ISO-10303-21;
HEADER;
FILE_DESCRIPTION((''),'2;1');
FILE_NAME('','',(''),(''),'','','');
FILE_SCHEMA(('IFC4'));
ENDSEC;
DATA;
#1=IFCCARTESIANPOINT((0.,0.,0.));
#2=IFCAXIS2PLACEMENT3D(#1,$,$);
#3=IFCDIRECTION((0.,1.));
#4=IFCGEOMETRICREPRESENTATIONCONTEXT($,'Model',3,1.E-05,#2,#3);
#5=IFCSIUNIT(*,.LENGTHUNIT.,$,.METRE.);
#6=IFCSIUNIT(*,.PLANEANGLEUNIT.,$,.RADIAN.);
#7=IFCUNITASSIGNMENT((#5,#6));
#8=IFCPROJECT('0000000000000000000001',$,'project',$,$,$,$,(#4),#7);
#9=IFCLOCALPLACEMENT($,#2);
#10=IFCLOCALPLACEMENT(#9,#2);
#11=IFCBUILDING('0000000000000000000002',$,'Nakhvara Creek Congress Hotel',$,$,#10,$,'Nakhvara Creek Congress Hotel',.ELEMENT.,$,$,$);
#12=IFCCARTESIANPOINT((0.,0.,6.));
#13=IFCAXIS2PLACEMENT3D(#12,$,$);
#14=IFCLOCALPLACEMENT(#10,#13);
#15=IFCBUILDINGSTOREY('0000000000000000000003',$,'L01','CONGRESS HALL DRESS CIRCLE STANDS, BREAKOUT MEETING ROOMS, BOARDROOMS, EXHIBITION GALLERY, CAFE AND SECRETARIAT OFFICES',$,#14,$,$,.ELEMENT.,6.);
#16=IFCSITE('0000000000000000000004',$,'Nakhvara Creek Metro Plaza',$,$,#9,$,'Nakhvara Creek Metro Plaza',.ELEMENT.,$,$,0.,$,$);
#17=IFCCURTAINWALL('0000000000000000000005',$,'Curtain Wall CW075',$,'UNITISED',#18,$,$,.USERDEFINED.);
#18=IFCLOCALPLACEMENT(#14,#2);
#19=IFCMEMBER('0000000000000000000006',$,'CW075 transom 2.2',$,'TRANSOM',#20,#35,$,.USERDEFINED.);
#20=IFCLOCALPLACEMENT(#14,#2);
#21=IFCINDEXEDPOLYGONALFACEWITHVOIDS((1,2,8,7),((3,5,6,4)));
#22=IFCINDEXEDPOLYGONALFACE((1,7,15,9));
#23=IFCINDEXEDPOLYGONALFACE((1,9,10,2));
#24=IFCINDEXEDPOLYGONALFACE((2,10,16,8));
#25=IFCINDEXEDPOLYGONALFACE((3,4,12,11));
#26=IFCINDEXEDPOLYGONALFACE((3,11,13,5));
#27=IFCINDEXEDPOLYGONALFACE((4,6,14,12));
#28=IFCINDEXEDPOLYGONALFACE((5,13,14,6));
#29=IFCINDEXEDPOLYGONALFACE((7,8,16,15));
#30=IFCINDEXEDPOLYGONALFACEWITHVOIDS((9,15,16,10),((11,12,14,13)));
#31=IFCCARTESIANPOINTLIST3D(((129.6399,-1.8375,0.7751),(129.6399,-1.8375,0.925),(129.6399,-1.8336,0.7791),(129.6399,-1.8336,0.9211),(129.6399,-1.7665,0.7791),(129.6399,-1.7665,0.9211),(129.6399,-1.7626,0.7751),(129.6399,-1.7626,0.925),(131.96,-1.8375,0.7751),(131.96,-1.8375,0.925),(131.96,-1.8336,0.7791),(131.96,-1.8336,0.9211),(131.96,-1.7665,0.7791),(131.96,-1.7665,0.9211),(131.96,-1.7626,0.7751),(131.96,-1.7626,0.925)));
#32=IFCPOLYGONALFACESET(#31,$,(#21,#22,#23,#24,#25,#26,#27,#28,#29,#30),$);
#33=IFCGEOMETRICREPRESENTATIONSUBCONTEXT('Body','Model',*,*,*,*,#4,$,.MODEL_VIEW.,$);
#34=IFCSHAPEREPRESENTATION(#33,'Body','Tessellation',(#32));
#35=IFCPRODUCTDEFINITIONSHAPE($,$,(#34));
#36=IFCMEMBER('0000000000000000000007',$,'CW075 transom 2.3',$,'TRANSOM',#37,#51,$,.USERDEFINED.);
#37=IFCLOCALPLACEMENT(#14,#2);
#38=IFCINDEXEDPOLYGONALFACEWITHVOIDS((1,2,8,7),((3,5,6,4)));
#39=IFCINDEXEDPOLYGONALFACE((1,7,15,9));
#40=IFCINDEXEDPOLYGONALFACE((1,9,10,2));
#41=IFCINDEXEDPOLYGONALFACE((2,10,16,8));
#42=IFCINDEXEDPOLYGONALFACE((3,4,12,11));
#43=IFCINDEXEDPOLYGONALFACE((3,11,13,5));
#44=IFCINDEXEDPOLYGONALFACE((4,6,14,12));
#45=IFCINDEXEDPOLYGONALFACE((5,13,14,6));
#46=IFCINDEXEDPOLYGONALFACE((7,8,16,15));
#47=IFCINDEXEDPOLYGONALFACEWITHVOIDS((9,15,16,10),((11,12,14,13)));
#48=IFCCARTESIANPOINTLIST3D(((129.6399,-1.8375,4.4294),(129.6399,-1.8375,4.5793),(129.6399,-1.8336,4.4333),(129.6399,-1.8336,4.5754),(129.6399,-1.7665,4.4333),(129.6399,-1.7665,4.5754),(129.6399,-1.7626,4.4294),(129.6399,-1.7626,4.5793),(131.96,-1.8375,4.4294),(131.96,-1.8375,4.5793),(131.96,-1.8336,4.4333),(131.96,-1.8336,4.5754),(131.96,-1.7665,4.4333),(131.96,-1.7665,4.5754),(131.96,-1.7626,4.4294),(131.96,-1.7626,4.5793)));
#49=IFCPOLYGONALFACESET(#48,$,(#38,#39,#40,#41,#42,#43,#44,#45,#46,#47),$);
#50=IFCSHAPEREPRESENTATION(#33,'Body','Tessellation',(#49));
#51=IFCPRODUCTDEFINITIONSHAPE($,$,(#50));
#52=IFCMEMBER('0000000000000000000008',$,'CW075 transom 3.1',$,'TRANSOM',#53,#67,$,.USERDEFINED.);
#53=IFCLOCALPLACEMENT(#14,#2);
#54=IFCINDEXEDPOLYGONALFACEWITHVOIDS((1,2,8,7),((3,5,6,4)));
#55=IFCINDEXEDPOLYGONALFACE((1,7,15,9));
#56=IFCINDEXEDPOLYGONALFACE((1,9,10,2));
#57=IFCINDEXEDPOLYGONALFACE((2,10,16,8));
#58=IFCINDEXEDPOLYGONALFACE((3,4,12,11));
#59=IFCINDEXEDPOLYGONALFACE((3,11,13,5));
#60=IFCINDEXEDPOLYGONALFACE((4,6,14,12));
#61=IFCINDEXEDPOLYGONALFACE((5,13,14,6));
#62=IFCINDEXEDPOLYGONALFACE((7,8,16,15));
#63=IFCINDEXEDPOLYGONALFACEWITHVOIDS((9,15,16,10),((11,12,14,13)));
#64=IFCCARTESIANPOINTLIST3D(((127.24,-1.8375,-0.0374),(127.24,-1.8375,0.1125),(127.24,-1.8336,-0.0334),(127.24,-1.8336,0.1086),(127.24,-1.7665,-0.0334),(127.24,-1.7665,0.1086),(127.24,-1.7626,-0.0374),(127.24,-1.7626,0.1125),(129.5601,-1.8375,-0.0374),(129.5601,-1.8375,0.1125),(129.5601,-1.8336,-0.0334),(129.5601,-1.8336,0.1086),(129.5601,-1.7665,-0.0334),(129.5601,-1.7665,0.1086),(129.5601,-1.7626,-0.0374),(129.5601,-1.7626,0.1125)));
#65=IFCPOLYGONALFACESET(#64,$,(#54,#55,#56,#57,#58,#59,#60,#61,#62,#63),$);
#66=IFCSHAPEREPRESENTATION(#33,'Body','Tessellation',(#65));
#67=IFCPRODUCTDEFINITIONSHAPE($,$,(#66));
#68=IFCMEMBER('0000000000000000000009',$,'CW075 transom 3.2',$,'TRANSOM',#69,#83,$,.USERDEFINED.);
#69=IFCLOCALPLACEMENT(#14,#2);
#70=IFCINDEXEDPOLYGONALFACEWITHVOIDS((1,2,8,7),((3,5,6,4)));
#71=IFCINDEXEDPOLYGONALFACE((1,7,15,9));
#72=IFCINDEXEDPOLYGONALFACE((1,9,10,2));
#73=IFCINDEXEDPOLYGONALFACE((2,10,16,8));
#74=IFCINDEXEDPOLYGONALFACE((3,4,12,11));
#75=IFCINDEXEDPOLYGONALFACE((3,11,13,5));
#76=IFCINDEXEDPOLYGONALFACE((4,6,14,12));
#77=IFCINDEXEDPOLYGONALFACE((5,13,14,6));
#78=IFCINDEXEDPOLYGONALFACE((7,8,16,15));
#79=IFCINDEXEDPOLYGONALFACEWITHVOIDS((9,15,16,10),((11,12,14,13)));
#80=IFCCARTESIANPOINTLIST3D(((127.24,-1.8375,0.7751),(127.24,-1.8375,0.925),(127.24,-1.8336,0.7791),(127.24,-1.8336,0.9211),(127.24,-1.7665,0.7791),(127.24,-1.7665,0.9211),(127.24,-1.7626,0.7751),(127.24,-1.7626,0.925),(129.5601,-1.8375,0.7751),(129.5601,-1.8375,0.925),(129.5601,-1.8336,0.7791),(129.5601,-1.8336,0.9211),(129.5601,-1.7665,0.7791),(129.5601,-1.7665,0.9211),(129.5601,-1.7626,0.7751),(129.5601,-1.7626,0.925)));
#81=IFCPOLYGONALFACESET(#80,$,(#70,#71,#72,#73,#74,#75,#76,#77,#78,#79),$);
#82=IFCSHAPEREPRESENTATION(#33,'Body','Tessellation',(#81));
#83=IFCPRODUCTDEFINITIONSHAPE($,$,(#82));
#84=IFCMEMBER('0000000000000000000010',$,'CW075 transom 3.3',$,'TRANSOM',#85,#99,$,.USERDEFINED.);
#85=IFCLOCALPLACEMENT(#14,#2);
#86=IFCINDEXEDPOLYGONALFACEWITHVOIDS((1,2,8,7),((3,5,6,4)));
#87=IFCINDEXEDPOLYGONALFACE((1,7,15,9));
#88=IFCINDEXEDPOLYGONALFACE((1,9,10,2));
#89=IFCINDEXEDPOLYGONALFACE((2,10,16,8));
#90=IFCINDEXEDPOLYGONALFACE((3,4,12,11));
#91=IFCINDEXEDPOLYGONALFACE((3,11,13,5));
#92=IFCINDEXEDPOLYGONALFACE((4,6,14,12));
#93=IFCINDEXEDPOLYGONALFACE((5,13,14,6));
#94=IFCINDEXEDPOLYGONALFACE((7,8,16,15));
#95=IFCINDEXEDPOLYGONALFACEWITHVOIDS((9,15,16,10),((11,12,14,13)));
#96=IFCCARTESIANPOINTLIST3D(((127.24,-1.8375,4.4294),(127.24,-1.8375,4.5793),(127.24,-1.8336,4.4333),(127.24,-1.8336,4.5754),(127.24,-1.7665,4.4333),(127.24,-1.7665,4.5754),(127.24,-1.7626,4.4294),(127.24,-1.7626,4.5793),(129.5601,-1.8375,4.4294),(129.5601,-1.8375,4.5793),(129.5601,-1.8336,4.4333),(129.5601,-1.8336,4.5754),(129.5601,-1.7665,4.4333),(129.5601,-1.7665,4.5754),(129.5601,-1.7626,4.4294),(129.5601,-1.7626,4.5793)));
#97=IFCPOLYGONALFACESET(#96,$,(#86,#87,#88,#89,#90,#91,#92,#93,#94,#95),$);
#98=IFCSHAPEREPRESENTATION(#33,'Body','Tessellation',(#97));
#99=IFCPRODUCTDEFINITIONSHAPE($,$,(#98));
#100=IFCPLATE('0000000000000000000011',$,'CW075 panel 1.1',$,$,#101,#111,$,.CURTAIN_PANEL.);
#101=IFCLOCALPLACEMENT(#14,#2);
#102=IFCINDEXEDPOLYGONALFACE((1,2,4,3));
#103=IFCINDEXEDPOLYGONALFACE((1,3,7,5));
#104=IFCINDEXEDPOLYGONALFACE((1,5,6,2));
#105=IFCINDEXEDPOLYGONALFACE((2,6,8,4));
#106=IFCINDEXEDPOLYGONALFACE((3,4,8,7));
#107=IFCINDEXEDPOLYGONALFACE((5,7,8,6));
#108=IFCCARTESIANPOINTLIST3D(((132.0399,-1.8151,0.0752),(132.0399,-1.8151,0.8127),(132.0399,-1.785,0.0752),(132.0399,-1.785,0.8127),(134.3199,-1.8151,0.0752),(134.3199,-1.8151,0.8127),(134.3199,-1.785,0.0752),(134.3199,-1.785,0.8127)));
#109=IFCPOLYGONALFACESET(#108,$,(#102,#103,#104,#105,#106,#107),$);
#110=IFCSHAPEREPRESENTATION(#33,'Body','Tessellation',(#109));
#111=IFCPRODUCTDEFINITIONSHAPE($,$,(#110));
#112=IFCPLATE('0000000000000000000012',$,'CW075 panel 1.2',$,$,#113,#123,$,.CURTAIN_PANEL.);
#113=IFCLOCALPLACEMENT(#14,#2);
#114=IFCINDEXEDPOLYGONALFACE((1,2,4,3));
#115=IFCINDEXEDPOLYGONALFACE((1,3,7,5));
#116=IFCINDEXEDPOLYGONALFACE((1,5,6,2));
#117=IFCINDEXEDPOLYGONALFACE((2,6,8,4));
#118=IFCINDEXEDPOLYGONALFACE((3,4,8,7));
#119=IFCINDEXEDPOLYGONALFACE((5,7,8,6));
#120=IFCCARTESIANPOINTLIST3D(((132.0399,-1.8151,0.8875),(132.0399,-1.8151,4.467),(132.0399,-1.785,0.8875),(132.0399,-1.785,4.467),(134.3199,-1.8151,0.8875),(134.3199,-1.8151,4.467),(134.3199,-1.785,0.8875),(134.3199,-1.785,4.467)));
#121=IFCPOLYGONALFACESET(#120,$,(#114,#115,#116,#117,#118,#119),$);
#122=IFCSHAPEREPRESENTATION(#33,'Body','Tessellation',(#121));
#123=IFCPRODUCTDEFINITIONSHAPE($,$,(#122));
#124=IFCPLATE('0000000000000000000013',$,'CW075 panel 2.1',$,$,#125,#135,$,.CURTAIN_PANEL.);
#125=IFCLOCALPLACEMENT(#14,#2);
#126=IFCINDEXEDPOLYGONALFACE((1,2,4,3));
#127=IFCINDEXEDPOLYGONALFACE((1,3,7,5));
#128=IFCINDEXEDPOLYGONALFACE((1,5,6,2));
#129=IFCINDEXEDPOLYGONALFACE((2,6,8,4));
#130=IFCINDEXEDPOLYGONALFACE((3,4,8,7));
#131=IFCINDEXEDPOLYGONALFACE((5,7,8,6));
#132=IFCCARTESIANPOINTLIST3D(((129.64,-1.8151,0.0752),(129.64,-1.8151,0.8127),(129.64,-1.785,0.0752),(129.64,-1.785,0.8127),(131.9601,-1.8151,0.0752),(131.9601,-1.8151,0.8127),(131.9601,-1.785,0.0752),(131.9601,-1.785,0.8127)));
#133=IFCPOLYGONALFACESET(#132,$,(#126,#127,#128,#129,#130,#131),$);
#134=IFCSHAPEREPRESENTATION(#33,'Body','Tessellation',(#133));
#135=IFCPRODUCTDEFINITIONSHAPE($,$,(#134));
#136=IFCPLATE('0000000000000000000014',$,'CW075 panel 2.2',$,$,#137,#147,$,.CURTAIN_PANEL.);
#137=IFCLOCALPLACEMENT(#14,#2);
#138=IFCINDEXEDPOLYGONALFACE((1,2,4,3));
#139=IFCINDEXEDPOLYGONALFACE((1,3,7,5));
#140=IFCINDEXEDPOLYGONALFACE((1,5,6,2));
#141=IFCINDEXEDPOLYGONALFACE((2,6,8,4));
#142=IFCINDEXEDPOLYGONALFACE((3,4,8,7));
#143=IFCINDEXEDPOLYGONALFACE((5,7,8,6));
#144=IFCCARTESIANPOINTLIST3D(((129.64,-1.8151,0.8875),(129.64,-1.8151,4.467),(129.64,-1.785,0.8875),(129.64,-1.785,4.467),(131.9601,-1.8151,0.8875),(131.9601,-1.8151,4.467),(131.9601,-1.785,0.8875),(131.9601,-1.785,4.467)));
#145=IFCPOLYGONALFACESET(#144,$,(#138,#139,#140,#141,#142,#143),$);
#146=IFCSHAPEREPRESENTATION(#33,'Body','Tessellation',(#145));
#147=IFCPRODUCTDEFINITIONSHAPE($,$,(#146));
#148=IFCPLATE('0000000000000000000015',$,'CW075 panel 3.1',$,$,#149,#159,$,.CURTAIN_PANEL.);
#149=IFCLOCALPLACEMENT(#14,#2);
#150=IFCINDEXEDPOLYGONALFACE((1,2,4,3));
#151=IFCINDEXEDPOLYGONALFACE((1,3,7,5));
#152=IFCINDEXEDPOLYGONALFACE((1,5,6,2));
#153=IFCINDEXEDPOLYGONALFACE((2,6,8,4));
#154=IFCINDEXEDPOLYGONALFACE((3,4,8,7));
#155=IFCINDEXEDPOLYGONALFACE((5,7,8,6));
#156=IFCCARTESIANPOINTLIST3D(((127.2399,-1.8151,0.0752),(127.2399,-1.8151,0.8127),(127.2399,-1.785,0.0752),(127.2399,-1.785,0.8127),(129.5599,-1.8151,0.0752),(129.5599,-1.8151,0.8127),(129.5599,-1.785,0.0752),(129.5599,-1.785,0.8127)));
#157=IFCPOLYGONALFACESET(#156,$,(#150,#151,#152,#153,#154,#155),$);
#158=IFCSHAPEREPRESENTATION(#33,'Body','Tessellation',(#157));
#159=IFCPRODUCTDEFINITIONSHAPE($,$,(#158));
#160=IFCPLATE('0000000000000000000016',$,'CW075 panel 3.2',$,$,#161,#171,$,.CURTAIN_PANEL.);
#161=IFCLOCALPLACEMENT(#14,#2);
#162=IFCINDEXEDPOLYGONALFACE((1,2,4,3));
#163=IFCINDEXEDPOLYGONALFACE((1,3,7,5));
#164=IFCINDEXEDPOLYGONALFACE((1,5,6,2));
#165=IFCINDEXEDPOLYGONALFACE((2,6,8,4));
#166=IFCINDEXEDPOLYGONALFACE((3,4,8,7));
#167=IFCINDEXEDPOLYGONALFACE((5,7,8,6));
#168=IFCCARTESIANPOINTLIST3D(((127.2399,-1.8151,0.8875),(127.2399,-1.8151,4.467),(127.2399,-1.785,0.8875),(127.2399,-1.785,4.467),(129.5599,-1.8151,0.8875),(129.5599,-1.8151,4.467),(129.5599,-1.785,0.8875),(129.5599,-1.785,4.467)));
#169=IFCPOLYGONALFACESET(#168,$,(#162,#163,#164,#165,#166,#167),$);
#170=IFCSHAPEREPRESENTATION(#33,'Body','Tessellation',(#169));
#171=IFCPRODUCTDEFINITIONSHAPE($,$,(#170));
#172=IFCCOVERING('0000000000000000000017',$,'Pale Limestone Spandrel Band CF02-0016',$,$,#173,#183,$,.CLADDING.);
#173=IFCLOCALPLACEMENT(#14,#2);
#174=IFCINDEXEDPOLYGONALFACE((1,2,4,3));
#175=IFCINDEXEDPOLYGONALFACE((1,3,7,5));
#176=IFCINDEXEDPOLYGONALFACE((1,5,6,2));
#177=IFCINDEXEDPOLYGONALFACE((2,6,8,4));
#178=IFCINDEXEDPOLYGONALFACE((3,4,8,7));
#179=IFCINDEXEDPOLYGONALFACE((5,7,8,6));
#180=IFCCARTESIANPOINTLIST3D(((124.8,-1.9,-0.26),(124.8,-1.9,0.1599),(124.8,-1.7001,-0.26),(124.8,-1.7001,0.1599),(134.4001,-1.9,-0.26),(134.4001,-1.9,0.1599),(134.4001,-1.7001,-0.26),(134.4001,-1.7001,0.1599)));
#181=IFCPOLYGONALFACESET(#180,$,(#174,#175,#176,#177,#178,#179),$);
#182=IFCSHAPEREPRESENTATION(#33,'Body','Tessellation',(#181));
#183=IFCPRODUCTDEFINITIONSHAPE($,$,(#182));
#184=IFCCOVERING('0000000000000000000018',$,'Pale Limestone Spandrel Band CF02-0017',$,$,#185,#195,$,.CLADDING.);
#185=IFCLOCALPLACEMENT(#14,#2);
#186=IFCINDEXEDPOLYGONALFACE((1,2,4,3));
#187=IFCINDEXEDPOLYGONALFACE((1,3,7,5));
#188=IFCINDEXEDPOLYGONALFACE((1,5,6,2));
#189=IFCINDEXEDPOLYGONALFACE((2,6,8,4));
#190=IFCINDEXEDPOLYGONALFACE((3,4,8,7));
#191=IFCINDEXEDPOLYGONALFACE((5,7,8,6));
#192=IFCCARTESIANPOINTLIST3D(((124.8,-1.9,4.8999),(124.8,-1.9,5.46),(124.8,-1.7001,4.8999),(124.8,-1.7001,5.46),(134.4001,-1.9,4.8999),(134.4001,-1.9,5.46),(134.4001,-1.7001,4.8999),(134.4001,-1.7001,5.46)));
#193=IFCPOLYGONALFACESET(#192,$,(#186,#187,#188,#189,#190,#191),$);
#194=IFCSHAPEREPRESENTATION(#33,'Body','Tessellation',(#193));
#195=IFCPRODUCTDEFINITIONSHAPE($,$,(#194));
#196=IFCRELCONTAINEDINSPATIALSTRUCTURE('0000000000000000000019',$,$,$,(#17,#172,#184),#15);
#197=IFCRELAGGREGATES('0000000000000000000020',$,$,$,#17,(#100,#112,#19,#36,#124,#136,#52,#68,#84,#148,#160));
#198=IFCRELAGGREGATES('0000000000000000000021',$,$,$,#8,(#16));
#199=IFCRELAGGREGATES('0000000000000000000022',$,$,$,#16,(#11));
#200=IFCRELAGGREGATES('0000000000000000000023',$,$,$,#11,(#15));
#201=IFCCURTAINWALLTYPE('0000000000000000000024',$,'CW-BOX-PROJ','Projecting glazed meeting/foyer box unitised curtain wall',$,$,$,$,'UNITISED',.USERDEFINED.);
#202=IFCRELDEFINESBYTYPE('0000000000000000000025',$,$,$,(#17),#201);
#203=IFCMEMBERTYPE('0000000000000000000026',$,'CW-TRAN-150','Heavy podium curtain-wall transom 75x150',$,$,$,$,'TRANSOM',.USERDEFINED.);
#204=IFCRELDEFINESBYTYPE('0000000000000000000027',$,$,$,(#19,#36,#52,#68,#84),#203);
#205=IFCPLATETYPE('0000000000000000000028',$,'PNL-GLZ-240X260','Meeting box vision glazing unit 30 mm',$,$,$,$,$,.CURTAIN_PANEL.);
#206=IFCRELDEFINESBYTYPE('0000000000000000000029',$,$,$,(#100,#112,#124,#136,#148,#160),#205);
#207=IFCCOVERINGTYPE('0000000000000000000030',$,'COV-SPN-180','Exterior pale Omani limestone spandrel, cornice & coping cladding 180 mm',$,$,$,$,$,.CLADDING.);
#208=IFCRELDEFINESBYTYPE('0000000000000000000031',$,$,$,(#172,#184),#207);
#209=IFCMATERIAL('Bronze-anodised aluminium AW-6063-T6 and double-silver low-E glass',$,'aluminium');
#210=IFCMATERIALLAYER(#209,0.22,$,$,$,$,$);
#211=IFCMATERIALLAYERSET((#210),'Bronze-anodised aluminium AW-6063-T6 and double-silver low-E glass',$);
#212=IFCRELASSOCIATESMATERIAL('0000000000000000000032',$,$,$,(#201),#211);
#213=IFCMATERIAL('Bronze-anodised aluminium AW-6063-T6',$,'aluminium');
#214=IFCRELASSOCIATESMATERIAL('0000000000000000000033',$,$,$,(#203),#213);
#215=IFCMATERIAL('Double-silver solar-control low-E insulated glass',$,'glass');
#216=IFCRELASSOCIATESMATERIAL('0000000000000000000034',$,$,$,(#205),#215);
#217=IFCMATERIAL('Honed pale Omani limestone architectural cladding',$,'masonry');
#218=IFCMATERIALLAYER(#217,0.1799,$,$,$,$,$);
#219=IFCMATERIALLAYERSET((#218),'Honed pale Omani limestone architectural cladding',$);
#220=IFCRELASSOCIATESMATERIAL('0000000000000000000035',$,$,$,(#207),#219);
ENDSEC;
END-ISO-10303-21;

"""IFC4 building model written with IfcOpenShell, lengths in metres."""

from ifc_helpers import new_model, si_unit, direction, frame, origin, origin_2d, place, context, subcontext, project, spatial, rectangle, hollow_rectangle, extrude, material, layer, layer_set, material_profile, profile_set, type_object, element, aggregate, save


model = new_model("IFC4")

# Units and contexts
model_context = context("Model", 3, precision=1e-05, world=origin(), true_north=direction((0.0, 1.0)))
body_context = subcontext(model_context, "Body", "Model", "MODEL_VIEW")
ifc_project = project(units=[si_unit("LENGTHUNIT", "METRE"), si_unit("PLANEANGLEUNIT", "RADIAN")], contexts=[model_context])

# Site, building, storey
site_placement = place(None, origin())
site = spatial("IfcSite", under=ifc_project, at=site_placement, Name="Nakhvara Creek Metro Plaza", LongName="Nakhvara Creek Metro Plaza", CompositionType="ELEMENT", RefElevation=0.0)
building_placement = place(site_placement, origin())
building = spatial("IfcBuilding", under=site, at=building_placement, Name="Nakhvara Creek Congress Hotel", LongName="Nakhvara Creek Congress Hotel", CompositionType="ELEMENT")
storey_placement = place(building_placement, frame((0.0, 0.0, 6.0)))
storey = spatial("IfcBuildingStorey", under=building, at=storey_placement, Name="L01", Description="CONGRESS HALL DRESS CIRCLE STANDS, BREAKOUT MEETING ROOMS, BOARDROOMS, EXHIBITION GALLERY, CAFE AND SECRETARIAT OFFICES", CompositionType="ELEMENT", Elevation=6.0)

# Curtain wall, members, plates
ifc_material_1 = material(Name="Bronze-anodised aluminium AW-6063-T6 and double-silver low-E glass", Category="aluminium")
ifc_layer_1 = layer(ifc_material_1, 0.22)
ifc_layer_set_1 = layer_set([ifc_layer_1], Name="Bronze-anodised aluminium AW-6063-T6 and double-silver low-E glass")
curtain_wall_type = type_object("IfcCurtainWallType", Name="CW-BOX-PROJ", Description="Projecting glazed meeting/foyer box unitised curtain wall", ElementType="UNITISED", PredefinedType="USERDEFINED", material=ifc_layer_set_1)
curtain_wall_placement = place(storey_placement, origin())
curtain_wall = element("IfcCurtainWall", 1, at=curtain_wall_placement, inside=storey, type_object=curtain_wall_type, Name="Curtain Wall CW075", ObjectType="UNITISED", PredefinedType="USERDEFINED")
ifc_material_2 = material(Name="Bronze-anodised aluminium AW-6063-T6", Category="aluminium")
ifc_material_profile_1 = material_profile(ifc_material_2, hollow_rectangle(XDim=0.075, YDim=0.1499, WallThickness=0.0039, at=origin_2d()), Name="ALU-TRAN 75x150x4", Category="LoadBearing")
ifc_profile_set_1 = profile_set([ifc_material_profile_1], Name="Bronze-anodised aluminium AW-6063-T6")
member_type_1 = type_object("IfcMemberType", Name="CW-TRAN-150", Description="Heavy podium curtain-wall transom 75x150", ElementType="TRANSOM", PredefinedType="USERDEFINED", material=ifc_profile_set_1)
member_1_placement = place(storey_placement, frame((131.96, -1.8, 0.8501), z_axis=(-1.0, 0.0, 0.0), x_axis=(0.0, -1.0, 0.0)))
member_1 = element("IfcMember", 2, at=member_1_placement, type_object=member_type_1, Name="CW075 transom 2.2", ObjectType="TRANSOM", PredefinedType="USERDEFINED", context=body_context, shape_type="SweptSolid", body=[
    extrude(hollow_rectangle(XDim=0.075, YDim=0.1499, WallThickness=0.0039, at=origin_2d()), origin(), (0.0, 0.0, 1.0), 2.3201),
])
member_2_placement = place(storey_placement, frame((131.96, -1.8, 4.5044), z_axis=(-1.0, 0.0, 0.0), x_axis=(0.0, -1.0, 0.0)))
member_2 = element("IfcMember", 3, at=member_2_placement, type_object=member_type_1, Name="CW075 transom 2.3", ObjectType="TRANSOM", PredefinedType="USERDEFINED", context=body_context, shape_type="SweptSolid", body=[
    extrude(hollow_rectangle(XDim=0.075, YDim=0.1499, WallThickness=0.0039, at=origin_2d()), origin(), (0.0, 0.0, 1.0), 2.3201),
])
member_3_placement = place(storey_placement, frame((129.5601, -1.8, 0.0376), z_axis=(-1.0, 0.0, 0.0), x_axis=(0.0, -1.0, 0.0)))
member_3 = element("IfcMember", 4, at=member_3_placement, type_object=member_type_1, Name="CW075 transom 3.1", ObjectType="TRANSOM", PredefinedType="USERDEFINED", context=body_context, shape_type="SweptSolid", body=[
    extrude(hollow_rectangle(XDim=0.075, YDim=0.1499, WallThickness=0.0039, at=origin_2d()), origin(), (0.0, 0.0, 1.0), 2.3201),
])
member_4_placement = place(storey_placement, frame((129.5601, -1.8, 0.8501), z_axis=(-1.0, 0.0, 0.0), x_axis=(0.0, -1.0, 0.0)))
member_4 = element("IfcMember", 5, at=member_4_placement, type_object=member_type_1, Name="CW075 transom 3.2", ObjectType="TRANSOM", PredefinedType="USERDEFINED", context=body_context, shape_type="SweptSolid", body=[
    extrude(hollow_rectangle(XDim=0.075, YDim=0.1499, WallThickness=0.0039, at=origin_2d()), origin(), (0.0, 0.0, 1.0), 2.3201),
])
member_5_placement = place(storey_placement, frame((129.5601, -1.8, 4.5044), z_axis=(-1.0, 0.0, 0.0), x_axis=(0.0, -1.0, 0.0)))
member_5 = element("IfcMember", 6, at=member_5_placement, type_object=member_type_1, Name="CW075 transom 3.3", ObjectType="TRANSOM", PredefinedType="USERDEFINED", context=body_context, shape_type="SweptSolid", body=[
    extrude(hollow_rectangle(XDim=0.075, YDim=0.1499, WallThickness=0.0039, at=origin_2d()), origin(), (0.0, 0.0, 1.0), 2.3201),
])
ifc_material_3 = material(Name="Double-silver solar-control low-E insulated glass", Category="glass")
plate_type = type_object("IfcPlateType", Name="PNL-GLZ-240X260", Description="Meeting box vision glazing unit 30 mm", PredefinedType="CURTAIN_PANEL", material=ifc_material_3)
plate_1_placement = place(storey_placement, frame((133.1799, -1.8, 0.0752), z_axis=(0.0, 0.0, 1.0), x_axis=(-1.0, 0.0, 0.0)))
plate_1 = element("IfcPlate", 7, at=plate_1_placement, type_object=plate_type, Name="CW075 panel 1.1", PredefinedType="CURTAIN_PANEL", context=body_context, shape_type="SweptSolid", body=[
    extrude(rectangle(XDim=2.28, YDim=0.03, at=origin_2d()), origin(), (0.0, 0.0, 1.0), 0.7375),
])
plate_2_placement = place(storey_placement, frame((133.1799, -1.8, 0.8875), z_axis=(0.0, 0.0, 1.0), x_axis=(-1.0, 0.0, 0.0)))
plate_2 = element("IfcPlate", 8, at=plate_2_placement, type_object=plate_type, Name="CW075 panel 1.2", PredefinedType="CURTAIN_PANEL", context=body_context, shape_type="SweptSolid", body=[
    extrude(rectangle(XDim=2.28, YDim=0.03, at=origin_2d()), origin(), (0.0, 0.0, 1.0), 3.5796),
])
plate_3_placement = place(storey_placement, frame((130.8, -1.8, 0.0752), z_axis=(0.0, 0.0, 1.0), x_axis=(-1.0, 0.0, 0.0)))
plate_3 = element("IfcPlate", 9, at=plate_3_placement, type_object=plate_type, Name="CW075 panel 2.1", PredefinedType="CURTAIN_PANEL", context=body_context, shape_type="SweptSolid", body=[
    extrude(rectangle(XDim=2.3201, YDim=0.03, at=origin_2d()), origin(), (0.0, 0.0, 1.0), 0.7375),
])
plate_4_placement = place(storey_placement, frame((130.8, -1.8, 0.8875), z_axis=(0.0, 0.0, 1.0), x_axis=(-1.0, 0.0, 0.0)))
plate_4 = element("IfcPlate", 10, at=plate_4_placement, type_object=plate_type, Name="CW075 panel 2.2", PredefinedType="CURTAIN_PANEL", context=body_context, shape_type="SweptSolid", body=[
    extrude(rectangle(XDim=2.3201, YDim=0.03, at=origin_2d()), origin(), (0.0, 0.0, 1.0), 3.5796),
])
plate_5_placement = place(storey_placement, frame((128.3999, -1.8, 0.0752), z_axis=(0.0, 0.0, 1.0), x_axis=(-1.0, 0.0, 0.0)))
plate_5 = element("IfcPlate", 11, at=plate_5_placement, type_object=plate_type, Name="CW075 panel 3.1", PredefinedType="CURTAIN_PANEL", context=body_context, shape_type="SweptSolid", body=[
    extrude(rectangle(XDim=2.3201, YDim=0.03, at=origin_2d()), origin(), (0.0, 0.0, 1.0), 0.7375),
])
plate_6_placement = place(storey_placement, frame((128.3999, -1.8, 0.8875), z_axis=(0.0, 0.0, 1.0), x_axis=(-1.0, 0.0, 0.0)))
plate_6 = element("IfcPlate", 12, at=plate_6_placement, type_object=plate_type, Name="CW075 panel 3.2", PredefinedType="CURTAIN_PANEL", context=body_context, shape_type="SweptSolid", body=[
    extrude(rectangle(XDim=2.3201, YDim=0.03, at=origin_2d()), origin(), (0.0, 0.0, 1.0), 3.5796),
])
aggregate(curtain_wall, [plate_1, plate_2, member_1, member_2, plate_3, plate_4, member_3, member_4, member_5, plate_5, plate_6])

# Coverings
ifc_material_4 = material(Name="Honed pale Omani limestone architectural cladding", Category="masonry")
ifc_layer_2 = layer(ifc_material_4, 0.1799)
ifc_layer_set_2 = layer_set([ifc_layer_2], Name="Honed pale Omani limestone architectural cladding")
covering_type = type_object("IfcCoveringType", Name="COV-SPN-180", Description="Exterior pale Omani limestone spandrel, cornice & coping cladding 180 mm", PredefinedType="CLADDING", material=ifc_layer_set_2)
covering_1_placement = place(storey_placement, frame((129.6001, -1.8, -0.26), z_axis=(0.0, 0.0, 1.0), x_axis=(1.0, 0.0, 0.0)))
element("IfcCovering", 13, at=covering_1_placement, inside=storey, type_object=covering_type, Name="Pale Limestone Spandrel Band CF02-0016", PredefinedType="CLADDING", context=body_context, shape_type="SweptSolid", body=[
    extrude(rectangle(XDim=9.6001, YDim=0.2, at=origin_2d()), origin(), (0.0, 0.0, 1.0), 0.4199),
])
covering_2_placement = place(storey_placement, frame((129.6001, -1.8, 4.8999), z_axis=(0.0, 0.0, 1.0), x_axis=(1.0, 0.0, 0.0)))
element("IfcCovering", 14, at=covering_2_placement, inside=storey, type_object=covering_type, Name="Pale Limestone Spandrel Band CF02-0017", PredefinedType="CLADDING", context=body_context, shape_type="SweptSolid", body=[
    extrude(rectangle(XDim=9.6001, YDim=0.2, at=origin_2d()), origin(), (0.0, 0.0, 1.0), 0.5601),
])

save(model, "model.ifc")
